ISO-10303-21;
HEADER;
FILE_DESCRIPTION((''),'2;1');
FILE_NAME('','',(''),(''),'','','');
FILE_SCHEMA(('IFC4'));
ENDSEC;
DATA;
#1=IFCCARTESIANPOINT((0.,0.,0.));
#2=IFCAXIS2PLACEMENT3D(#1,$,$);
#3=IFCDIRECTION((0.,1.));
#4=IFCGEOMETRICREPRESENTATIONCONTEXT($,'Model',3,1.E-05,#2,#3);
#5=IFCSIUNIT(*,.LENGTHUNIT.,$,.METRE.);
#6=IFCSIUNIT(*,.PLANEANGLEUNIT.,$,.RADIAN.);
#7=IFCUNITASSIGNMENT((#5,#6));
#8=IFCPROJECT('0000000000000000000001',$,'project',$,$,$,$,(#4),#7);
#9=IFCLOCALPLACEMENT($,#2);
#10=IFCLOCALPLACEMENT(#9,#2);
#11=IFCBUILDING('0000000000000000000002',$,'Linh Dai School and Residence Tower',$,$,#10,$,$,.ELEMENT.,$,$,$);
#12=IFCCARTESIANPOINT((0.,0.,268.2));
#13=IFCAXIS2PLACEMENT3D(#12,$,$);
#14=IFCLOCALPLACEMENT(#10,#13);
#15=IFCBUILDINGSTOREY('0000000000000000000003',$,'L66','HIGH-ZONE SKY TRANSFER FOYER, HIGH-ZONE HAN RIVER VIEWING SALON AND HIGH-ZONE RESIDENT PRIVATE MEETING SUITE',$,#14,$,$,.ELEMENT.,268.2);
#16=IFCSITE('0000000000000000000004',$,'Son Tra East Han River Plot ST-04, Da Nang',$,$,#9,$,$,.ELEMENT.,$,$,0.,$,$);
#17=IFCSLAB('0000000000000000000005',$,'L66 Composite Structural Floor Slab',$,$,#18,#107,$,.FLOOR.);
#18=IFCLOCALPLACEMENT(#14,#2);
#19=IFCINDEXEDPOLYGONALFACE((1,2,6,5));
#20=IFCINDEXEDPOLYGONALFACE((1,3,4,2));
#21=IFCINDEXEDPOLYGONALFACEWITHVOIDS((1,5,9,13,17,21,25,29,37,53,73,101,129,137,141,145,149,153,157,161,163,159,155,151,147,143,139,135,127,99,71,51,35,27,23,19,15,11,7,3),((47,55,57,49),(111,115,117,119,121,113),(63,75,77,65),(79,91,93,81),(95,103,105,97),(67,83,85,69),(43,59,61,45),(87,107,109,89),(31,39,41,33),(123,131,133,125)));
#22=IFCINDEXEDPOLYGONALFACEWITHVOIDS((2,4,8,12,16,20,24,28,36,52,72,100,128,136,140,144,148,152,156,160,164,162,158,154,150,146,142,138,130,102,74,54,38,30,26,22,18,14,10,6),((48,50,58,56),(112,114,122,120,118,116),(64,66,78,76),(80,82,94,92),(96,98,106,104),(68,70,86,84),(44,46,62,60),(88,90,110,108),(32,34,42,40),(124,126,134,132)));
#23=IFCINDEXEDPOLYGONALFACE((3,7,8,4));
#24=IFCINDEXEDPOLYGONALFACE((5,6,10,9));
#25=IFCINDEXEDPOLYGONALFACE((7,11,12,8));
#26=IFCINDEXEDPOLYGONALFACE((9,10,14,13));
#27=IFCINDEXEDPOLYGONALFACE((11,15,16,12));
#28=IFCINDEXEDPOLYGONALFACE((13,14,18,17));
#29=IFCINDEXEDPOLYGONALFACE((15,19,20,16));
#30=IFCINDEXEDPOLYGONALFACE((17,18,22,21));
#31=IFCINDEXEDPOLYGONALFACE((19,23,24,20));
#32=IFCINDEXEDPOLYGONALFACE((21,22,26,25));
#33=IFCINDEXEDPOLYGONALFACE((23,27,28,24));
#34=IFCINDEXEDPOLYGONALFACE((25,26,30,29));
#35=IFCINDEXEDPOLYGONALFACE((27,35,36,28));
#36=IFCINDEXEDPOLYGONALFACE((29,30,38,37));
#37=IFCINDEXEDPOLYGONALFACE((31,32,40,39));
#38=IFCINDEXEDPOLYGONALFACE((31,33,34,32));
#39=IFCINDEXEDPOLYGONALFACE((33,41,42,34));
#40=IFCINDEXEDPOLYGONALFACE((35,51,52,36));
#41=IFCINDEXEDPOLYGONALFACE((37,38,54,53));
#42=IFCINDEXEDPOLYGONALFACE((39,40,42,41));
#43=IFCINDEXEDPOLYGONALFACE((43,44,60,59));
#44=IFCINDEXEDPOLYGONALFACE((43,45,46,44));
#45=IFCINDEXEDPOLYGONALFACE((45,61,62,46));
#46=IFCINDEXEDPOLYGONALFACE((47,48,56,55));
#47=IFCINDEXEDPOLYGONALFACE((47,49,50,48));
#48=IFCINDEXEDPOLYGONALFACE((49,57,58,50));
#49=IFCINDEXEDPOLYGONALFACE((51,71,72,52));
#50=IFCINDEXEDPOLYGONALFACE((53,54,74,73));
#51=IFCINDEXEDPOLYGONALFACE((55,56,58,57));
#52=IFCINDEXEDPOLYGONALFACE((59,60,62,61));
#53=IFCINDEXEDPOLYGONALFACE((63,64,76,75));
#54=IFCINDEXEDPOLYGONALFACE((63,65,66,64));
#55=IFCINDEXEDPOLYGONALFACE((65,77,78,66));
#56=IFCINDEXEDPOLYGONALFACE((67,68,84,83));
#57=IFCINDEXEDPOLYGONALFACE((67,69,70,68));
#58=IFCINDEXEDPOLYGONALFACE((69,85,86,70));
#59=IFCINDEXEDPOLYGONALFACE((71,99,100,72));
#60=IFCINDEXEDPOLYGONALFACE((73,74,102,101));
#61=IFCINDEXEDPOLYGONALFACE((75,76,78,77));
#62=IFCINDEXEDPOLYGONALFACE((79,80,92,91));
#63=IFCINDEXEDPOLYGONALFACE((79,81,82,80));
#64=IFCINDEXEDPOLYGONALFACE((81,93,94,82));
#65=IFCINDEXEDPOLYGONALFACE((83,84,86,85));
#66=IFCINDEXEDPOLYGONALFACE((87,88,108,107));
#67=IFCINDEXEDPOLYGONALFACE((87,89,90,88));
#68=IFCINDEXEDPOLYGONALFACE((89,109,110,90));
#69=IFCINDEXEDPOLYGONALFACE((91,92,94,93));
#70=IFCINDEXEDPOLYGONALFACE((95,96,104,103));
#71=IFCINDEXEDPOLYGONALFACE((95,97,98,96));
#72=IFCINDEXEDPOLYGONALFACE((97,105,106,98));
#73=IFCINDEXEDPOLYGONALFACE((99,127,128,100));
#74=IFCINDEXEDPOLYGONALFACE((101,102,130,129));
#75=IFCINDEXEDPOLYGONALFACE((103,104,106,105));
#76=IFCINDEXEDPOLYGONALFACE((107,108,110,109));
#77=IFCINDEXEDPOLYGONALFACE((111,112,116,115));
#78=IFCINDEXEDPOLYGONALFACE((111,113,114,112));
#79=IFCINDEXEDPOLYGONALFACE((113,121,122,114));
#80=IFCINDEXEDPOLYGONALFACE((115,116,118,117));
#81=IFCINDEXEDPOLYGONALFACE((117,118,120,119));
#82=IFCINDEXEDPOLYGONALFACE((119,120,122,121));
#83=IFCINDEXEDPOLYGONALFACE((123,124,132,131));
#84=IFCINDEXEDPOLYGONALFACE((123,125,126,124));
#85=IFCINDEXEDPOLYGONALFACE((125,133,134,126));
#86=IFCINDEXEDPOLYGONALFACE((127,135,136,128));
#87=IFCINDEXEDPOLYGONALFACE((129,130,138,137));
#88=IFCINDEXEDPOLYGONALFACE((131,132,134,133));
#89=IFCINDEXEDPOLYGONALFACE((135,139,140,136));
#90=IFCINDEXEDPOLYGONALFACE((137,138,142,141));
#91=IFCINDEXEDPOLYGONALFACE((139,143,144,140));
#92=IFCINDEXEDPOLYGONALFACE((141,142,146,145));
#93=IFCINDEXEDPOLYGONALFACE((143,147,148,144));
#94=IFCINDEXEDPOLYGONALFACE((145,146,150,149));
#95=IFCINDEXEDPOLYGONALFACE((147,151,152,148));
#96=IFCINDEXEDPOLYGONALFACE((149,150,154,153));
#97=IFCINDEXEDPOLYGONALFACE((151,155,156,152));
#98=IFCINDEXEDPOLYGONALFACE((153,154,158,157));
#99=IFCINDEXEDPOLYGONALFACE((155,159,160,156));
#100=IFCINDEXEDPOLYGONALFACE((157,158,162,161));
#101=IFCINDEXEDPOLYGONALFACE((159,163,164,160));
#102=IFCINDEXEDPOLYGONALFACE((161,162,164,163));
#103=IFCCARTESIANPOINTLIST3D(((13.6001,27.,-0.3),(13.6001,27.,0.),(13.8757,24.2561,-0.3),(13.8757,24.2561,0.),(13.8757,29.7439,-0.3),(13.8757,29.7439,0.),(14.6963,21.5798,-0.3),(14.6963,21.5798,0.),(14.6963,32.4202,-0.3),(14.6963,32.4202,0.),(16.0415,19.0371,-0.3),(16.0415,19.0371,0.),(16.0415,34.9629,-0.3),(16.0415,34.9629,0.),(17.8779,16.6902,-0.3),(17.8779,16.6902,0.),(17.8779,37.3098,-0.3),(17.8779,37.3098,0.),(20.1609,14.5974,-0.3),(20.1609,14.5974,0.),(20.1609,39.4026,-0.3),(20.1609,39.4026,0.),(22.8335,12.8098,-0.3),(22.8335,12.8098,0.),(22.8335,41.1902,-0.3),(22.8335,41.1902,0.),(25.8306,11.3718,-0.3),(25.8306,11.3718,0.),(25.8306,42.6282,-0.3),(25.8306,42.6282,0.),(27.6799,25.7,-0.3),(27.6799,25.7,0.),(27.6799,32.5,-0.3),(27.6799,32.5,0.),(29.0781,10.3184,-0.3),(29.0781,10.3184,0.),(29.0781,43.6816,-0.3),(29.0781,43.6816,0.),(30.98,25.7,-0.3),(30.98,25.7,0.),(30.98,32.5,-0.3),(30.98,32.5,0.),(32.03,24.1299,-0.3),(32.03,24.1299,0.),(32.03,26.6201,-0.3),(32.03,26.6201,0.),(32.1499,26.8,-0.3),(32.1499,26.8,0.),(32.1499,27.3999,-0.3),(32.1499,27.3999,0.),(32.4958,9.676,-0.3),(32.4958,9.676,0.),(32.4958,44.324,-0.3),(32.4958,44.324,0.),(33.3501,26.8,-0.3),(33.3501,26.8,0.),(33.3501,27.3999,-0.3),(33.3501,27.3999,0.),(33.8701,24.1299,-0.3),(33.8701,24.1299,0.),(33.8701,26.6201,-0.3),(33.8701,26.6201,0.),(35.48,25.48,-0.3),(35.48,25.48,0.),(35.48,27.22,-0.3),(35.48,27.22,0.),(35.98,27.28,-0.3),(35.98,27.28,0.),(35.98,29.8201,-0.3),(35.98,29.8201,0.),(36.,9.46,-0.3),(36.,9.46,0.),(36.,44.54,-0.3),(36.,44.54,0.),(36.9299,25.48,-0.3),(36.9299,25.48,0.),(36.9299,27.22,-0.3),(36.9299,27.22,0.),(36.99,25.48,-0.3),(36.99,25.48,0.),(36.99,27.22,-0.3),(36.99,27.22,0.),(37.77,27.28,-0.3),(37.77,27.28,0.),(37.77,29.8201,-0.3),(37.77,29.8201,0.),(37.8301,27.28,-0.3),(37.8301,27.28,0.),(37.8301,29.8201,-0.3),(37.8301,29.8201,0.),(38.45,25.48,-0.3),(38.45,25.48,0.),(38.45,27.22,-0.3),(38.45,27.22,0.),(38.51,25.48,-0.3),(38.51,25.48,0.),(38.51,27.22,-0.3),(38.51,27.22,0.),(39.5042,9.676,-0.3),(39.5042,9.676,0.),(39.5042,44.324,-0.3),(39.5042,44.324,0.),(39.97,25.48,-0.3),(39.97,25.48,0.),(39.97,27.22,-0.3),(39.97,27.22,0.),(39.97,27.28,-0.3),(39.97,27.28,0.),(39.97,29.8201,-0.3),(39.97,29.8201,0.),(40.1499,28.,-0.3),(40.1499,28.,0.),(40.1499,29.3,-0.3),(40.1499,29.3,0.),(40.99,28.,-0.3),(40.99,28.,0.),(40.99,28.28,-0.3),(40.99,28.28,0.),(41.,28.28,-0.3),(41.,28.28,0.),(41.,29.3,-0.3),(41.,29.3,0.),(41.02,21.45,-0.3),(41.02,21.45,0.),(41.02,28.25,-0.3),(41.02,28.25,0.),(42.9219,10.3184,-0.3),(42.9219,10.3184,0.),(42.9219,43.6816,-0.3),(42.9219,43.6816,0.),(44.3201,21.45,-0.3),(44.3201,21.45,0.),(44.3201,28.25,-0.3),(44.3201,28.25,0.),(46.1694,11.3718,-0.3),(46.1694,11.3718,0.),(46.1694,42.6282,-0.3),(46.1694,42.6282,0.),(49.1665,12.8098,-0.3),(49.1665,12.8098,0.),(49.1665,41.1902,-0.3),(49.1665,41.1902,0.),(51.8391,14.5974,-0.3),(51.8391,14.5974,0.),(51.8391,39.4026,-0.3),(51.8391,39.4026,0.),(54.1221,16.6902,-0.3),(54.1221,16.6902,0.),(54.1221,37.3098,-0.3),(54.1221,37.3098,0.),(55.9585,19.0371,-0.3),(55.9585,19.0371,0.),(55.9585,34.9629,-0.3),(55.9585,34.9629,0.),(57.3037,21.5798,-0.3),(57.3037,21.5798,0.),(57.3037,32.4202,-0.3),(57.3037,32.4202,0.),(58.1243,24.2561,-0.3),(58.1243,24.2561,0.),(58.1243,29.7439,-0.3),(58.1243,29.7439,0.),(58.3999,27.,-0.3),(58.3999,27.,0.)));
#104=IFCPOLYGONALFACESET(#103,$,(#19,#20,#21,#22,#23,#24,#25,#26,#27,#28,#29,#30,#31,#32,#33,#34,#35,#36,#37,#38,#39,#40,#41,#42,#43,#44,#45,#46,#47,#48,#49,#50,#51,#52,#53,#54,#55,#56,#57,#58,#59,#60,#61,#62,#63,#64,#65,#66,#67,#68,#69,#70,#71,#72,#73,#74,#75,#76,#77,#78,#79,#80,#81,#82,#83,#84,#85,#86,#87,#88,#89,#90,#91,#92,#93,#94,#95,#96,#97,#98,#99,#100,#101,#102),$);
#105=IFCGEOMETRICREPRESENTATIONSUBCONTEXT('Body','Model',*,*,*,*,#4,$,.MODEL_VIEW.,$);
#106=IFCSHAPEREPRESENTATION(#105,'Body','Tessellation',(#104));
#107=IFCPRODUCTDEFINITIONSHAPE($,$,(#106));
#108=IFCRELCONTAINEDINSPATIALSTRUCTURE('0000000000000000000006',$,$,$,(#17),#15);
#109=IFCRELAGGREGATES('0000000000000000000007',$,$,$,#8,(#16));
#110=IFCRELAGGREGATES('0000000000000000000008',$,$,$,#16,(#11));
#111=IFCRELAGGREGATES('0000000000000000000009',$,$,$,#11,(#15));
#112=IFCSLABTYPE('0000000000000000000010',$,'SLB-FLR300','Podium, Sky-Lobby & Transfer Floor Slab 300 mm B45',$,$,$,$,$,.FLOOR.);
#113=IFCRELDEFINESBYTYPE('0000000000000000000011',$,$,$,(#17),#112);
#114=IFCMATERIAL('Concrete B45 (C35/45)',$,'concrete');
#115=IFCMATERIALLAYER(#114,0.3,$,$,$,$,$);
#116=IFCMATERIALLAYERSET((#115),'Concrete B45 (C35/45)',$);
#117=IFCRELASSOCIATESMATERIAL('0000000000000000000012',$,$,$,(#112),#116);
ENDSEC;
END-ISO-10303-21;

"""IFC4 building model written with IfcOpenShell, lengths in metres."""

from ifc_helpers import new_model, si_unit, direction, frame, origin, place, context, subcontext, project, spatial, polyline, outline, extrude, material, layer, layer_set, type_object, element, save


model = new_model("IFC4")

# Units and contexts
model_context = context("Model", 3, precision=1e-05, world=origin(), true_north=direction((0.0, 1.0)))
body_context = subcontext(model_context, "Body", "Model", "MODEL_VIEW")
ifc_project = project(units=[si_unit("LENGTHUNIT", "METRE"), si_unit("PLANEANGLEUNIT", "RADIAN")], contexts=[model_context])

# Site, building, storey
site_placement = place(None, origin())
site = spatial("IfcSite", under=ifc_project, at=site_placement, Name="Son Tra East Han River Plot ST-04, Da Nang", CompositionType="ELEMENT", RefElevation=0.0)
building_placement = place(site_placement, origin())
building = spatial("IfcBuilding", under=site, at=building_placement, Name="Linh Dai School and Residence Tower", CompositionType="ELEMENT")
storey_placement = place(building_placement, frame((0.0, 0.0, 268.2)))
storey = spatial("IfcBuildingStorey", under=building, at=storey_placement, Name="L66", Description="HIGH-ZONE SKY TRANSFER FOYER, HIGH-ZONE HAN RIVER VIEWING SALON AND HIGH-ZONE RESIDENT PRIVATE MEETING SUITE", CompositionType="ELEMENT", Elevation=268.2)

# Slab
ifc_material_1 = material(Name="Concrete B45 (C35/45)", Category="concrete")
ifc_layer_1 = layer(ifc_material_1, 0.3)
ifc_layer_set_1 = layer_set([ifc_layer_1], Name="Concrete B45 (C35/45)")
slab_type_1 = type_object("IfcSlabType", Name="SLB-FLR300", Description="Podium, Sky-Lobby & Transfer Floor Slab 300 mm B45", PredefinedType="FLOOR", material=ifc_layer_set_1)
slab_1_placement = place(storey_placement, frame((0.0, 0.0, -0.3)))
element("IfcSlab", 1, at=slab_1_placement, inside=storey, type_object=slab_type_1, Name="L66 Composite Structural Floor Slab", PredefinedType="FLOOR", context=body_context, shape_type="SweptSolid", body=[
    extrude(outline(polyline([(58.3999, 27.0), (58.1243, 29.7439), (57.3037, 32.4202), (55.9585, 34.9629), (54.1221, 37.3098), (51.8391, 39.4026), (49.1665, 41.1902), (46.1694, 42.6282), (42.9219, 43.6816), (39.5042, 44.324), (36.0, 44.54), (32.4958, 44.324), (29.0781, 43.6816), (25.8306, 42.6282), (22.8335, 41.1902), (20.1609, 39.4026), (17.8779, 37.3098), (16.0415, 34.9629), (14.6963, 32.4202), (13.8757, 29.7439), (13.6001, 27.0), (13.8757, 24.2561), (14.6963, 21.5798), (16.0415, 19.0371), (17.8779, 16.6902), (20.1609, 14.5974), (22.8335, 12.8098), (25.8306, 11.3718), (29.0781, 10.3184), (32.4958, 9.676), (36.0, 9.46), (39.5042, 9.676), (42.9219, 10.3184), (46.1694, 11.3718), (49.1665, 12.8098), (51.8391, 14.5974), (54.1221, 16.6902), (55.9585, 19.0371), (57.3037, 21.5798), (58.1243, 24.2561), (58.3999, 27.0)]), holes=[polyline([(30.98, 25.7), (30.98, 32.5), (27.6799, 32.5), (27.6799, 25.7), (30.98, 25.7)]), polyline([(41.02, 28.25), (41.02, 21.45), (44.3201, 21.45), (44.3201, 28.25), (41.02, 28.25)]), polyline([(35.98, 27.28), (37.77, 27.28), (37.77, 29.8201), (35.98, 29.8201), (35.98, 27.28)]), polyline([(32.03, 24.1299), (33.8701, 24.1299), (33.8701, 26.6201), (32.03, 26.6201), (32.03, 24.1299)]), polyline([(37.8301, 27.28), (39.97, 27.28), (39.97, 29.8201), (37.8301, 29.8201), (37.8301, 27.28)]), polyline([(35.48, 25.48), (36.9299, 25.48), (36.9299, 27.22), (35.48, 27.22), (35.48, 25.48)]), polyline([(36.99, 25.48), (38.45, 25.48), (38.45, 27.22), (36.99, 27.22), (36.99, 25.48)]), polyline([(38.51, 25.48), (39.97, 25.48), (39.97, 27.22), (38.51, 27.22), (38.51, 25.48)]), polyline([(40.1499, 28.0), (40.1499, 29.3), (41.0, 29.3), (41.0, 28.28), (40.99, 28.28), (40.99, 28.0), (40.1499, 28.0)]), polyline([(32.1499, 26.8), (33.3501, 26.8), (33.3501, 27.3999), (32.1499, 27.3999), (32.1499, 26.8)])]), origin(), (0.0, 0.0, 1.0), 0.3),
])

save(model, "model.ifc")
